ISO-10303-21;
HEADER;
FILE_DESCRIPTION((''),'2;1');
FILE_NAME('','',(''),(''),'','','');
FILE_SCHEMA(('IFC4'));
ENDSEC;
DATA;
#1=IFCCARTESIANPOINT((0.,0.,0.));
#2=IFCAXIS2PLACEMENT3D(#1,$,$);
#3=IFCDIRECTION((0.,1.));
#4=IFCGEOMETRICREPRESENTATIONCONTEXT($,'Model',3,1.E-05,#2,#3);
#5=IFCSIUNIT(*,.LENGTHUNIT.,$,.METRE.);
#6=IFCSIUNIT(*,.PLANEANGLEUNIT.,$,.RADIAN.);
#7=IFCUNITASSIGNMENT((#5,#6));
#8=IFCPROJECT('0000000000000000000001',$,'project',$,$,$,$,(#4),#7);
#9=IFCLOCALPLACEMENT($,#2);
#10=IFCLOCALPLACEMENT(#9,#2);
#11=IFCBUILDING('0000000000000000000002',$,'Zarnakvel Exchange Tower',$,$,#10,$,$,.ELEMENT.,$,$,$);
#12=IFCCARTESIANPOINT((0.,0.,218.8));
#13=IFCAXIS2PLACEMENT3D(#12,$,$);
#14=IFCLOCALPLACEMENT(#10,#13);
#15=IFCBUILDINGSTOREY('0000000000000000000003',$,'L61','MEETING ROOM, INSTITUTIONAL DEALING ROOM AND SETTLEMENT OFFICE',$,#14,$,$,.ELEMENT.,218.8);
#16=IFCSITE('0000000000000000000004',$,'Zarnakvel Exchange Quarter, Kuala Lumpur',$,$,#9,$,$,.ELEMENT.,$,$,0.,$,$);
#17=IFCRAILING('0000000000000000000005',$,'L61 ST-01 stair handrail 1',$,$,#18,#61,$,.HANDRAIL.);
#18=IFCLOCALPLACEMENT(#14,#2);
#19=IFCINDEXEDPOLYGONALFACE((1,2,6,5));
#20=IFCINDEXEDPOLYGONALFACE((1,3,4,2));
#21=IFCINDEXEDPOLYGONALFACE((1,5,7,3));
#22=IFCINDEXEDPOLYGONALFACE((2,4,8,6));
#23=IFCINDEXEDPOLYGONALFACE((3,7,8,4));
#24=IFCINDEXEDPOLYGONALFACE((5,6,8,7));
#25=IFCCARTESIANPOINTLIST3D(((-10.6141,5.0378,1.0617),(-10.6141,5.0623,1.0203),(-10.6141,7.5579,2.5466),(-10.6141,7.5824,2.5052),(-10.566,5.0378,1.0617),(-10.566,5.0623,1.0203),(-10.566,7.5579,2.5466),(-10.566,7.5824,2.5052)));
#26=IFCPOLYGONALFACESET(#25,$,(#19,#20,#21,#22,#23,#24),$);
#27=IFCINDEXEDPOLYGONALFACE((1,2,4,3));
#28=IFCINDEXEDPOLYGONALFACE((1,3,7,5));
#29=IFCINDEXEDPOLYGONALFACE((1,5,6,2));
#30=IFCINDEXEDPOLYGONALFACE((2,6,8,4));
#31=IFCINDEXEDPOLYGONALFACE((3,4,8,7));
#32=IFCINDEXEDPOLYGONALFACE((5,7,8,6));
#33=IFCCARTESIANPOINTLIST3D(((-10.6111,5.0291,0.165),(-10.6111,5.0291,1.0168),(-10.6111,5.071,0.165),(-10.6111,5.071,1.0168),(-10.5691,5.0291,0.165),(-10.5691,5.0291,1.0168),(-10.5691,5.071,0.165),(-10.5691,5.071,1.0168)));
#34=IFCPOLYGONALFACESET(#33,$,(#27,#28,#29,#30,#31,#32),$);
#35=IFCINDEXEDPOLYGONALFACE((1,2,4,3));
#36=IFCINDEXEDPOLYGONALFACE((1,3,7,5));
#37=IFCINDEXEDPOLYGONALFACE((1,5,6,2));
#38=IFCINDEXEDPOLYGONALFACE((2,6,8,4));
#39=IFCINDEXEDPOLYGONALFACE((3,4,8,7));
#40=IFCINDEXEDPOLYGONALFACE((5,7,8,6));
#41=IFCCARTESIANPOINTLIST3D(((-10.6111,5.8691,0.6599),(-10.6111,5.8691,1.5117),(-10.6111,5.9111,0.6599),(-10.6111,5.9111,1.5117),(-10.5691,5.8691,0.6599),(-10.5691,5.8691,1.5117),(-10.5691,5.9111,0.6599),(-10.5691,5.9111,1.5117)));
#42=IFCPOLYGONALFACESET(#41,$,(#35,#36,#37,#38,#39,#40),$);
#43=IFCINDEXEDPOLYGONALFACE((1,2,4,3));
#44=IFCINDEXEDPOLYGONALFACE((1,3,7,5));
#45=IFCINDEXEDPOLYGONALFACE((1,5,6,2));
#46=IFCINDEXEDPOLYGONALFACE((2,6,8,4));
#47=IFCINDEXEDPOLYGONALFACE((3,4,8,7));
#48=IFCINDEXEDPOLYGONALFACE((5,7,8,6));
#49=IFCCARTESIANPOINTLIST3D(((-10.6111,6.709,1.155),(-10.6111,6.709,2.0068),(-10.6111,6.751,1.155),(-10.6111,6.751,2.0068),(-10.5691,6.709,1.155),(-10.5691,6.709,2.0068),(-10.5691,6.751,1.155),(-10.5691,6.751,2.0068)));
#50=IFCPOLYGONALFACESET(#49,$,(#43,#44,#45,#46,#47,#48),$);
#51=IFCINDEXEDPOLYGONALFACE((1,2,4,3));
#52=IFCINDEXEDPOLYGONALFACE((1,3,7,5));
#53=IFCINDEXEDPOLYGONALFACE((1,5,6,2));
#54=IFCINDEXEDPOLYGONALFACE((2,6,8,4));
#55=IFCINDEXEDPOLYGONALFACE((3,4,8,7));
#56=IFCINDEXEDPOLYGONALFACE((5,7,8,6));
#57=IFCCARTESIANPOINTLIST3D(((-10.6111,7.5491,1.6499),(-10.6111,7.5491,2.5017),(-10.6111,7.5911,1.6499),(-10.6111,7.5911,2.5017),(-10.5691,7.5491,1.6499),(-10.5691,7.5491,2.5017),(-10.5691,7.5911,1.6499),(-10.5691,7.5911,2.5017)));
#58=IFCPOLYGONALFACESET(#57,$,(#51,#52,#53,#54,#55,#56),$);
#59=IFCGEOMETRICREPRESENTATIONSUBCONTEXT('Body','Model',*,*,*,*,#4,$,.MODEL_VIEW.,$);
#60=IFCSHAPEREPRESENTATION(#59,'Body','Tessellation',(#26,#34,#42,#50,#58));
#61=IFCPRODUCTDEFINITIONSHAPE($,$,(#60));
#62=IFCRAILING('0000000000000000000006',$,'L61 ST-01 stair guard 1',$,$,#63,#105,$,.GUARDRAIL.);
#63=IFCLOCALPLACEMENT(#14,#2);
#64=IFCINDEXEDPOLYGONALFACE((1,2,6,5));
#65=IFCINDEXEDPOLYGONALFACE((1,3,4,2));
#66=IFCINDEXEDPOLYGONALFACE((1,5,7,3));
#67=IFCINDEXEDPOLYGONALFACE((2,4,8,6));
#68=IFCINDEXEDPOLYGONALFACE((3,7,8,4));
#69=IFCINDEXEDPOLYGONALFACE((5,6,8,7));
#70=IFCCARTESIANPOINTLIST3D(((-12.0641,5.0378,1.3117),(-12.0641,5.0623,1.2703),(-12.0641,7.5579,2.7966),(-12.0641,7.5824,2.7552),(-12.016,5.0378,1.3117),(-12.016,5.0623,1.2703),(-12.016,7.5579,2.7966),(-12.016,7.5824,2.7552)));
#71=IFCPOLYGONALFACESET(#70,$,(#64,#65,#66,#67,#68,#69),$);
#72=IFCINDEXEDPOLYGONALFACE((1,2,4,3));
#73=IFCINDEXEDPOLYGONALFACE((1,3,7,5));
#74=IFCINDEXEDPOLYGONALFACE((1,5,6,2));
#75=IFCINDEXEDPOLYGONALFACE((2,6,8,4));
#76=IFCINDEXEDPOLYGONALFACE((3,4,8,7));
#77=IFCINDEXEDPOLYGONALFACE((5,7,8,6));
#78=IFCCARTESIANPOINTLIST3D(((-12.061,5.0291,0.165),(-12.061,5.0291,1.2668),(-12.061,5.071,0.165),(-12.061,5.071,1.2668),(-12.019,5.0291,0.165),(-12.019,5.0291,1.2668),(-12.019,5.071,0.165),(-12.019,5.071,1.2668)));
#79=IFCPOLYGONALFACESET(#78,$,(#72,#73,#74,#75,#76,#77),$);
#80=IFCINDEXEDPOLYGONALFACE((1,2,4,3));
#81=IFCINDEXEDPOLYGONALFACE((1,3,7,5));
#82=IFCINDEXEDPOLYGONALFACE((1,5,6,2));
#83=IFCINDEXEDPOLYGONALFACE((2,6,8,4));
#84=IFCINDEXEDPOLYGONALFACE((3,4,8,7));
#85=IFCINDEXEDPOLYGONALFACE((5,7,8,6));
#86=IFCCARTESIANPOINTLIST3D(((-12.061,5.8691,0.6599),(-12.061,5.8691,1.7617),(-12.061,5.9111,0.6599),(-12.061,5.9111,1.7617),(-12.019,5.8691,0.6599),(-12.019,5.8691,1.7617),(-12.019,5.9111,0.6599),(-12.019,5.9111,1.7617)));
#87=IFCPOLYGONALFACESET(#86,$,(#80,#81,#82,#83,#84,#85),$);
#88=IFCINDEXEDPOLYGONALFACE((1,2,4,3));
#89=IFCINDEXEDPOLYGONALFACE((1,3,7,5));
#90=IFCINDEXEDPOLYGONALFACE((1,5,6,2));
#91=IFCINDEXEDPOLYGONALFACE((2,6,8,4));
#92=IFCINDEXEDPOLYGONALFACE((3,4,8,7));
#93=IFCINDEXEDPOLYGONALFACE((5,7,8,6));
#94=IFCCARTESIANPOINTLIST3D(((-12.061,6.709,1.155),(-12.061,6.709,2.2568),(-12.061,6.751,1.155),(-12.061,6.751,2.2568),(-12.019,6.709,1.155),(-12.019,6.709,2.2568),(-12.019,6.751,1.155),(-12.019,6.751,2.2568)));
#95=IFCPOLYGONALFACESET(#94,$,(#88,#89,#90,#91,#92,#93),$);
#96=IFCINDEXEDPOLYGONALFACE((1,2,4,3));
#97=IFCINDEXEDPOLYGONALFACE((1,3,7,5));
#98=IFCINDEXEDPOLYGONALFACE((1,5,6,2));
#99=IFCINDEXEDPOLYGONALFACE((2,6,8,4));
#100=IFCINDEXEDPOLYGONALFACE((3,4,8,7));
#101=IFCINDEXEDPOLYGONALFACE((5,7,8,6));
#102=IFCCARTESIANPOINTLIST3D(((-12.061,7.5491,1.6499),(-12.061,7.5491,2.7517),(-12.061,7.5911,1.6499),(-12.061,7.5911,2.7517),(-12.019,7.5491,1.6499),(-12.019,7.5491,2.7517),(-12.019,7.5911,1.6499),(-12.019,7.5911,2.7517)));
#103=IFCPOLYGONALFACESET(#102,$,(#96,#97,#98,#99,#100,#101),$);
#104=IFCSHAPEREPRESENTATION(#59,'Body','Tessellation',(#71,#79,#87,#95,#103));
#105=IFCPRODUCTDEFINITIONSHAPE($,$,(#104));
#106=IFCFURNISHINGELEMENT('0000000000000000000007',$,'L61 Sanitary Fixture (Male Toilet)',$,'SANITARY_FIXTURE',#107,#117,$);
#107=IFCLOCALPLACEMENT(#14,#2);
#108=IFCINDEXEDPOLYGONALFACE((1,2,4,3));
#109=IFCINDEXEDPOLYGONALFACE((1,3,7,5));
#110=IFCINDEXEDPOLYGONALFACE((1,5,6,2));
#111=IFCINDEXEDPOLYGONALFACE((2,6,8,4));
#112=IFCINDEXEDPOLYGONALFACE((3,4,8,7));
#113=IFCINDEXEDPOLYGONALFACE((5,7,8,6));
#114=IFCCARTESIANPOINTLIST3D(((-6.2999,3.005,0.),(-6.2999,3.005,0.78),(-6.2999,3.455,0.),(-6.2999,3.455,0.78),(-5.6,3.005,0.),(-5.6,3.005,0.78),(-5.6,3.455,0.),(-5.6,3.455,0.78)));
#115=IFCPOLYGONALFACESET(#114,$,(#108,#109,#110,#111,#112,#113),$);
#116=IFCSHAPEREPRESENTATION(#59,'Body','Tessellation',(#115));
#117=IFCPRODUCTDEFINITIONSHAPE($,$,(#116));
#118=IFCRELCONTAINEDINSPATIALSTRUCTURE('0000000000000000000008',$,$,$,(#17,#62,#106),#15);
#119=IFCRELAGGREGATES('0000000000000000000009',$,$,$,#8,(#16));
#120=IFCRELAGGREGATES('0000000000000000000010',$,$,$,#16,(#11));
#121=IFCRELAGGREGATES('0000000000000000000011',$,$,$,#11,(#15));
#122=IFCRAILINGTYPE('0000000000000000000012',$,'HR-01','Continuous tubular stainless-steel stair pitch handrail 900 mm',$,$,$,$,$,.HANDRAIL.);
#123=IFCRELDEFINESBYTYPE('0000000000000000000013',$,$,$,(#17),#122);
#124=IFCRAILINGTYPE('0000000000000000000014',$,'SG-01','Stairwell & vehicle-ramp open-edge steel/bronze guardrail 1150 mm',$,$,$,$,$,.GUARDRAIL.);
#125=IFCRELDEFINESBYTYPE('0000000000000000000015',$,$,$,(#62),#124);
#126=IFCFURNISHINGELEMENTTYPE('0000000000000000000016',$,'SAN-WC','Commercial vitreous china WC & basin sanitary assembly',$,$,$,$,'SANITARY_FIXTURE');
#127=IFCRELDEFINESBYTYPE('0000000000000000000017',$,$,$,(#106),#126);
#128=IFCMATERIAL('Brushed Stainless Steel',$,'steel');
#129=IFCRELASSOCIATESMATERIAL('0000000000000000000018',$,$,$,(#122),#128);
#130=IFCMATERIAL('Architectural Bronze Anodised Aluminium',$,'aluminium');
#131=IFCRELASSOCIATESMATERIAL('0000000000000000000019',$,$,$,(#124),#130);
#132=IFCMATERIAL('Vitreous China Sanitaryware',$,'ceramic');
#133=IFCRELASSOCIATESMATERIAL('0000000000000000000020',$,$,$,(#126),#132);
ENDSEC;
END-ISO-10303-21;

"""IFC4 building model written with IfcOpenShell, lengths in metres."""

from ifc_helpers import new_model, si_unit, direction, frame, origin, origin_2d, place, context, subcontext, project, spatial, rectangle, extrude, source, transform, mapped, material, type_object, element, save


model = new_model("IFC4")

# Units and contexts
model_context = context("Model", 3, precision=1e-05, world=origin(), true_north=direction((0.0, 1.0)))
body_context = subcontext(model_context, "Body", "Model", "MODEL_VIEW")
ifc_project = project(units=[si_unit("LENGTHUNIT", "METRE"), si_unit("PLANEANGLEUNIT", "RADIAN")], contexts=[model_context])

# Site, building, storey
site_placement = place(None, origin())
site = spatial("IfcSite", under=ifc_project, at=site_placement, Name="Zarnakvel Exchange Quarter, Kuala Lumpur", CompositionType="ELEMENT", RefElevation=0.0)
building_placement = place(site_placement, origin())
building = spatial("IfcBuilding", under=site, at=building_placement, Name="Zarnakvel Exchange Tower", CompositionType="ELEMENT")
storey_placement = place(building_placement, frame((0.0, 0.0, 218.8)))
storey = spatial("IfcBuildingStorey", under=building, at=storey_placement, Name="L61", Description="MEETING ROOM, INSTITUTIONAL DEALING ROOM AND SETTLEMENT OFFICE", CompositionType="ELEMENT", Elevation=218.8)

# Shared definitions
ifc_material_1 = material(Name="Brushed Stainless Steel", Category="steel")

# Railings
railing_type_1 = type_object("IfcRailingType", Name="HR-01", Description="Continuous tubular stainless-steel stair pitch handrail 900 mm", PredefinedType="HANDRAIL", material=ifc_material_1)
railing_1_placement = place(storey_placement, frame((-10.5901, 5.05, 0.165)))
element("IfcRailing", 1, at=railing_1_placement, inside=storey, type_object=railing_type_1, Name="L61 ST-01 stair handrail 1", PredefinedType="HANDRAIL", context=body_context, shape_type="SweptSolid", body=[
    extrude(rectangle(XDim=0.0481, YDim=0.0481, at=origin_2d()), frame((0.0, 0.0, 0.876), z_axis=(0.0, 0.861561, 0.507655), x_axis=(-1.0, 0.0, 0.0)), (0.0, 0.0, 1.0), 2.925),
    extrude(rectangle(XDim=0.042, YDim=0.042, at=origin_2d()), origin(), (0.0, 0.0, 1.0), 0.8518),
    extrude(rectangle(XDim=0.042, YDim=0.042, at=origin_2d()), frame((0.0, 0.8401, 0.4949)), (0.0, 0.0, 1.0), 0.8518),
    extrude(rectangle(XDim=0.042, YDim=0.042, at=origin_2d()), frame((0.0, 1.6799, 0.99)), (0.0, 0.0, 1.0), 0.8518),
    extrude(rectangle(XDim=0.042, YDim=0.042, at=origin_2d()), frame((0.0, 2.52, 1.4849)), (0.0, 0.0, 1.0), 0.8518),
])
ifc_material_2 = material(Name="Architectural Bronze Anodised Aluminium", Category="aluminium")
railing_type_2 = type_object("IfcRailingType", Name="SG-01", Description="Stairwell & vehicle-ramp open-edge steel/bronze guardrail 1150 mm", PredefinedType="GUARDRAIL", material=ifc_material_2)
railing_2_placement = place(storey_placement, frame((-12.04, 5.05, 0.165)))
element("IfcRailing", 2, at=railing_2_placement, inside=storey, type_object=railing_type_2, Name="L61 ST-01 stair guard 1", PredefinedType="GUARDRAIL", context=body_context, shape_type="SweptSolid", body=[
    extrude(rectangle(XDim=0.0481, YDim=0.0481, at=origin_2d()), frame((0.0, 0.0, 1.126), z_axis=(0.0, 0.861561, 0.507655), x_axis=(-1.0, 0.0, 0.0)), (0.0, 0.0, 1.0), 2.925),
    extrude(rectangle(XDim=0.042, YDim=0.042, at=origin_2d()), origin(), (0.0, 0.0, 1.0), 1.1018),
    extrude(rectangle(XDim=0.042, YDim=0.042, at=origin_2d()), frame((0.0, 0.8401, 0.4949)), (0.0, 0.0, 1.0), 1.1018),
    extrude(rectangle(XDim=0.042, YDim=0.042, at=origin_2d()), frame((0.0, 1.6799, 0.99)), (0.0, 0.0, 1.0), 1.1018),
    extrude(rectangle(XDim=0.042, YDim=0.042, at=origin_2d()), frame((0.0, 2.52, 1.4849)), (0.0, 0.0, 1.0), 1.1018),
])

# Furnishing element
ifc_material_3 = material(Name="Vitreous China Sanitaryware", Category="ceramic")
furnishing_element_type = type_object("IfcFurnishingElementType", Name="SAN-WC", Description="Commercial vitreous china WC & basin sanitary assembly", ElementType="SANITARY_FIXTURE", material=ifc_material_3)
shared_shape_1 = source(origin(), body_context, "Body", "SweptSolid", [
    extrude(rectangle(XDim=0.7, YDim=0.45, at=origin_2d()), origin(), (0.0, 0.0, 1.0), 0.78),
])
furnishing_placement = place(storey_placement, frame((-5.95, 3.23, 0.0), z_axis=(0.0, 0.0, 1.0), x_axis=(1.0, 0.0, 0.0)))
element("IfcFurnishingElement", 3, at=furnishing_placement, inside=storey, type_object=furnishing_element_type, Name="L61 Sanitary Fixture (Male Toilet)", ObjectType="SANITARY_FIXTURE", context=body_context, shape_type="MappedRepresentation", body=[
    mapped(shared_shape_1, transform((0.0, 0.0, 0.0), x_axis=(1.0, 0.0, 0.0), y_axis=(0.0, 1.0, 0.0), z_axis=(0.0, 0.0, 1.0), scale=1.0)),
])

save(model, "model.ifc")
